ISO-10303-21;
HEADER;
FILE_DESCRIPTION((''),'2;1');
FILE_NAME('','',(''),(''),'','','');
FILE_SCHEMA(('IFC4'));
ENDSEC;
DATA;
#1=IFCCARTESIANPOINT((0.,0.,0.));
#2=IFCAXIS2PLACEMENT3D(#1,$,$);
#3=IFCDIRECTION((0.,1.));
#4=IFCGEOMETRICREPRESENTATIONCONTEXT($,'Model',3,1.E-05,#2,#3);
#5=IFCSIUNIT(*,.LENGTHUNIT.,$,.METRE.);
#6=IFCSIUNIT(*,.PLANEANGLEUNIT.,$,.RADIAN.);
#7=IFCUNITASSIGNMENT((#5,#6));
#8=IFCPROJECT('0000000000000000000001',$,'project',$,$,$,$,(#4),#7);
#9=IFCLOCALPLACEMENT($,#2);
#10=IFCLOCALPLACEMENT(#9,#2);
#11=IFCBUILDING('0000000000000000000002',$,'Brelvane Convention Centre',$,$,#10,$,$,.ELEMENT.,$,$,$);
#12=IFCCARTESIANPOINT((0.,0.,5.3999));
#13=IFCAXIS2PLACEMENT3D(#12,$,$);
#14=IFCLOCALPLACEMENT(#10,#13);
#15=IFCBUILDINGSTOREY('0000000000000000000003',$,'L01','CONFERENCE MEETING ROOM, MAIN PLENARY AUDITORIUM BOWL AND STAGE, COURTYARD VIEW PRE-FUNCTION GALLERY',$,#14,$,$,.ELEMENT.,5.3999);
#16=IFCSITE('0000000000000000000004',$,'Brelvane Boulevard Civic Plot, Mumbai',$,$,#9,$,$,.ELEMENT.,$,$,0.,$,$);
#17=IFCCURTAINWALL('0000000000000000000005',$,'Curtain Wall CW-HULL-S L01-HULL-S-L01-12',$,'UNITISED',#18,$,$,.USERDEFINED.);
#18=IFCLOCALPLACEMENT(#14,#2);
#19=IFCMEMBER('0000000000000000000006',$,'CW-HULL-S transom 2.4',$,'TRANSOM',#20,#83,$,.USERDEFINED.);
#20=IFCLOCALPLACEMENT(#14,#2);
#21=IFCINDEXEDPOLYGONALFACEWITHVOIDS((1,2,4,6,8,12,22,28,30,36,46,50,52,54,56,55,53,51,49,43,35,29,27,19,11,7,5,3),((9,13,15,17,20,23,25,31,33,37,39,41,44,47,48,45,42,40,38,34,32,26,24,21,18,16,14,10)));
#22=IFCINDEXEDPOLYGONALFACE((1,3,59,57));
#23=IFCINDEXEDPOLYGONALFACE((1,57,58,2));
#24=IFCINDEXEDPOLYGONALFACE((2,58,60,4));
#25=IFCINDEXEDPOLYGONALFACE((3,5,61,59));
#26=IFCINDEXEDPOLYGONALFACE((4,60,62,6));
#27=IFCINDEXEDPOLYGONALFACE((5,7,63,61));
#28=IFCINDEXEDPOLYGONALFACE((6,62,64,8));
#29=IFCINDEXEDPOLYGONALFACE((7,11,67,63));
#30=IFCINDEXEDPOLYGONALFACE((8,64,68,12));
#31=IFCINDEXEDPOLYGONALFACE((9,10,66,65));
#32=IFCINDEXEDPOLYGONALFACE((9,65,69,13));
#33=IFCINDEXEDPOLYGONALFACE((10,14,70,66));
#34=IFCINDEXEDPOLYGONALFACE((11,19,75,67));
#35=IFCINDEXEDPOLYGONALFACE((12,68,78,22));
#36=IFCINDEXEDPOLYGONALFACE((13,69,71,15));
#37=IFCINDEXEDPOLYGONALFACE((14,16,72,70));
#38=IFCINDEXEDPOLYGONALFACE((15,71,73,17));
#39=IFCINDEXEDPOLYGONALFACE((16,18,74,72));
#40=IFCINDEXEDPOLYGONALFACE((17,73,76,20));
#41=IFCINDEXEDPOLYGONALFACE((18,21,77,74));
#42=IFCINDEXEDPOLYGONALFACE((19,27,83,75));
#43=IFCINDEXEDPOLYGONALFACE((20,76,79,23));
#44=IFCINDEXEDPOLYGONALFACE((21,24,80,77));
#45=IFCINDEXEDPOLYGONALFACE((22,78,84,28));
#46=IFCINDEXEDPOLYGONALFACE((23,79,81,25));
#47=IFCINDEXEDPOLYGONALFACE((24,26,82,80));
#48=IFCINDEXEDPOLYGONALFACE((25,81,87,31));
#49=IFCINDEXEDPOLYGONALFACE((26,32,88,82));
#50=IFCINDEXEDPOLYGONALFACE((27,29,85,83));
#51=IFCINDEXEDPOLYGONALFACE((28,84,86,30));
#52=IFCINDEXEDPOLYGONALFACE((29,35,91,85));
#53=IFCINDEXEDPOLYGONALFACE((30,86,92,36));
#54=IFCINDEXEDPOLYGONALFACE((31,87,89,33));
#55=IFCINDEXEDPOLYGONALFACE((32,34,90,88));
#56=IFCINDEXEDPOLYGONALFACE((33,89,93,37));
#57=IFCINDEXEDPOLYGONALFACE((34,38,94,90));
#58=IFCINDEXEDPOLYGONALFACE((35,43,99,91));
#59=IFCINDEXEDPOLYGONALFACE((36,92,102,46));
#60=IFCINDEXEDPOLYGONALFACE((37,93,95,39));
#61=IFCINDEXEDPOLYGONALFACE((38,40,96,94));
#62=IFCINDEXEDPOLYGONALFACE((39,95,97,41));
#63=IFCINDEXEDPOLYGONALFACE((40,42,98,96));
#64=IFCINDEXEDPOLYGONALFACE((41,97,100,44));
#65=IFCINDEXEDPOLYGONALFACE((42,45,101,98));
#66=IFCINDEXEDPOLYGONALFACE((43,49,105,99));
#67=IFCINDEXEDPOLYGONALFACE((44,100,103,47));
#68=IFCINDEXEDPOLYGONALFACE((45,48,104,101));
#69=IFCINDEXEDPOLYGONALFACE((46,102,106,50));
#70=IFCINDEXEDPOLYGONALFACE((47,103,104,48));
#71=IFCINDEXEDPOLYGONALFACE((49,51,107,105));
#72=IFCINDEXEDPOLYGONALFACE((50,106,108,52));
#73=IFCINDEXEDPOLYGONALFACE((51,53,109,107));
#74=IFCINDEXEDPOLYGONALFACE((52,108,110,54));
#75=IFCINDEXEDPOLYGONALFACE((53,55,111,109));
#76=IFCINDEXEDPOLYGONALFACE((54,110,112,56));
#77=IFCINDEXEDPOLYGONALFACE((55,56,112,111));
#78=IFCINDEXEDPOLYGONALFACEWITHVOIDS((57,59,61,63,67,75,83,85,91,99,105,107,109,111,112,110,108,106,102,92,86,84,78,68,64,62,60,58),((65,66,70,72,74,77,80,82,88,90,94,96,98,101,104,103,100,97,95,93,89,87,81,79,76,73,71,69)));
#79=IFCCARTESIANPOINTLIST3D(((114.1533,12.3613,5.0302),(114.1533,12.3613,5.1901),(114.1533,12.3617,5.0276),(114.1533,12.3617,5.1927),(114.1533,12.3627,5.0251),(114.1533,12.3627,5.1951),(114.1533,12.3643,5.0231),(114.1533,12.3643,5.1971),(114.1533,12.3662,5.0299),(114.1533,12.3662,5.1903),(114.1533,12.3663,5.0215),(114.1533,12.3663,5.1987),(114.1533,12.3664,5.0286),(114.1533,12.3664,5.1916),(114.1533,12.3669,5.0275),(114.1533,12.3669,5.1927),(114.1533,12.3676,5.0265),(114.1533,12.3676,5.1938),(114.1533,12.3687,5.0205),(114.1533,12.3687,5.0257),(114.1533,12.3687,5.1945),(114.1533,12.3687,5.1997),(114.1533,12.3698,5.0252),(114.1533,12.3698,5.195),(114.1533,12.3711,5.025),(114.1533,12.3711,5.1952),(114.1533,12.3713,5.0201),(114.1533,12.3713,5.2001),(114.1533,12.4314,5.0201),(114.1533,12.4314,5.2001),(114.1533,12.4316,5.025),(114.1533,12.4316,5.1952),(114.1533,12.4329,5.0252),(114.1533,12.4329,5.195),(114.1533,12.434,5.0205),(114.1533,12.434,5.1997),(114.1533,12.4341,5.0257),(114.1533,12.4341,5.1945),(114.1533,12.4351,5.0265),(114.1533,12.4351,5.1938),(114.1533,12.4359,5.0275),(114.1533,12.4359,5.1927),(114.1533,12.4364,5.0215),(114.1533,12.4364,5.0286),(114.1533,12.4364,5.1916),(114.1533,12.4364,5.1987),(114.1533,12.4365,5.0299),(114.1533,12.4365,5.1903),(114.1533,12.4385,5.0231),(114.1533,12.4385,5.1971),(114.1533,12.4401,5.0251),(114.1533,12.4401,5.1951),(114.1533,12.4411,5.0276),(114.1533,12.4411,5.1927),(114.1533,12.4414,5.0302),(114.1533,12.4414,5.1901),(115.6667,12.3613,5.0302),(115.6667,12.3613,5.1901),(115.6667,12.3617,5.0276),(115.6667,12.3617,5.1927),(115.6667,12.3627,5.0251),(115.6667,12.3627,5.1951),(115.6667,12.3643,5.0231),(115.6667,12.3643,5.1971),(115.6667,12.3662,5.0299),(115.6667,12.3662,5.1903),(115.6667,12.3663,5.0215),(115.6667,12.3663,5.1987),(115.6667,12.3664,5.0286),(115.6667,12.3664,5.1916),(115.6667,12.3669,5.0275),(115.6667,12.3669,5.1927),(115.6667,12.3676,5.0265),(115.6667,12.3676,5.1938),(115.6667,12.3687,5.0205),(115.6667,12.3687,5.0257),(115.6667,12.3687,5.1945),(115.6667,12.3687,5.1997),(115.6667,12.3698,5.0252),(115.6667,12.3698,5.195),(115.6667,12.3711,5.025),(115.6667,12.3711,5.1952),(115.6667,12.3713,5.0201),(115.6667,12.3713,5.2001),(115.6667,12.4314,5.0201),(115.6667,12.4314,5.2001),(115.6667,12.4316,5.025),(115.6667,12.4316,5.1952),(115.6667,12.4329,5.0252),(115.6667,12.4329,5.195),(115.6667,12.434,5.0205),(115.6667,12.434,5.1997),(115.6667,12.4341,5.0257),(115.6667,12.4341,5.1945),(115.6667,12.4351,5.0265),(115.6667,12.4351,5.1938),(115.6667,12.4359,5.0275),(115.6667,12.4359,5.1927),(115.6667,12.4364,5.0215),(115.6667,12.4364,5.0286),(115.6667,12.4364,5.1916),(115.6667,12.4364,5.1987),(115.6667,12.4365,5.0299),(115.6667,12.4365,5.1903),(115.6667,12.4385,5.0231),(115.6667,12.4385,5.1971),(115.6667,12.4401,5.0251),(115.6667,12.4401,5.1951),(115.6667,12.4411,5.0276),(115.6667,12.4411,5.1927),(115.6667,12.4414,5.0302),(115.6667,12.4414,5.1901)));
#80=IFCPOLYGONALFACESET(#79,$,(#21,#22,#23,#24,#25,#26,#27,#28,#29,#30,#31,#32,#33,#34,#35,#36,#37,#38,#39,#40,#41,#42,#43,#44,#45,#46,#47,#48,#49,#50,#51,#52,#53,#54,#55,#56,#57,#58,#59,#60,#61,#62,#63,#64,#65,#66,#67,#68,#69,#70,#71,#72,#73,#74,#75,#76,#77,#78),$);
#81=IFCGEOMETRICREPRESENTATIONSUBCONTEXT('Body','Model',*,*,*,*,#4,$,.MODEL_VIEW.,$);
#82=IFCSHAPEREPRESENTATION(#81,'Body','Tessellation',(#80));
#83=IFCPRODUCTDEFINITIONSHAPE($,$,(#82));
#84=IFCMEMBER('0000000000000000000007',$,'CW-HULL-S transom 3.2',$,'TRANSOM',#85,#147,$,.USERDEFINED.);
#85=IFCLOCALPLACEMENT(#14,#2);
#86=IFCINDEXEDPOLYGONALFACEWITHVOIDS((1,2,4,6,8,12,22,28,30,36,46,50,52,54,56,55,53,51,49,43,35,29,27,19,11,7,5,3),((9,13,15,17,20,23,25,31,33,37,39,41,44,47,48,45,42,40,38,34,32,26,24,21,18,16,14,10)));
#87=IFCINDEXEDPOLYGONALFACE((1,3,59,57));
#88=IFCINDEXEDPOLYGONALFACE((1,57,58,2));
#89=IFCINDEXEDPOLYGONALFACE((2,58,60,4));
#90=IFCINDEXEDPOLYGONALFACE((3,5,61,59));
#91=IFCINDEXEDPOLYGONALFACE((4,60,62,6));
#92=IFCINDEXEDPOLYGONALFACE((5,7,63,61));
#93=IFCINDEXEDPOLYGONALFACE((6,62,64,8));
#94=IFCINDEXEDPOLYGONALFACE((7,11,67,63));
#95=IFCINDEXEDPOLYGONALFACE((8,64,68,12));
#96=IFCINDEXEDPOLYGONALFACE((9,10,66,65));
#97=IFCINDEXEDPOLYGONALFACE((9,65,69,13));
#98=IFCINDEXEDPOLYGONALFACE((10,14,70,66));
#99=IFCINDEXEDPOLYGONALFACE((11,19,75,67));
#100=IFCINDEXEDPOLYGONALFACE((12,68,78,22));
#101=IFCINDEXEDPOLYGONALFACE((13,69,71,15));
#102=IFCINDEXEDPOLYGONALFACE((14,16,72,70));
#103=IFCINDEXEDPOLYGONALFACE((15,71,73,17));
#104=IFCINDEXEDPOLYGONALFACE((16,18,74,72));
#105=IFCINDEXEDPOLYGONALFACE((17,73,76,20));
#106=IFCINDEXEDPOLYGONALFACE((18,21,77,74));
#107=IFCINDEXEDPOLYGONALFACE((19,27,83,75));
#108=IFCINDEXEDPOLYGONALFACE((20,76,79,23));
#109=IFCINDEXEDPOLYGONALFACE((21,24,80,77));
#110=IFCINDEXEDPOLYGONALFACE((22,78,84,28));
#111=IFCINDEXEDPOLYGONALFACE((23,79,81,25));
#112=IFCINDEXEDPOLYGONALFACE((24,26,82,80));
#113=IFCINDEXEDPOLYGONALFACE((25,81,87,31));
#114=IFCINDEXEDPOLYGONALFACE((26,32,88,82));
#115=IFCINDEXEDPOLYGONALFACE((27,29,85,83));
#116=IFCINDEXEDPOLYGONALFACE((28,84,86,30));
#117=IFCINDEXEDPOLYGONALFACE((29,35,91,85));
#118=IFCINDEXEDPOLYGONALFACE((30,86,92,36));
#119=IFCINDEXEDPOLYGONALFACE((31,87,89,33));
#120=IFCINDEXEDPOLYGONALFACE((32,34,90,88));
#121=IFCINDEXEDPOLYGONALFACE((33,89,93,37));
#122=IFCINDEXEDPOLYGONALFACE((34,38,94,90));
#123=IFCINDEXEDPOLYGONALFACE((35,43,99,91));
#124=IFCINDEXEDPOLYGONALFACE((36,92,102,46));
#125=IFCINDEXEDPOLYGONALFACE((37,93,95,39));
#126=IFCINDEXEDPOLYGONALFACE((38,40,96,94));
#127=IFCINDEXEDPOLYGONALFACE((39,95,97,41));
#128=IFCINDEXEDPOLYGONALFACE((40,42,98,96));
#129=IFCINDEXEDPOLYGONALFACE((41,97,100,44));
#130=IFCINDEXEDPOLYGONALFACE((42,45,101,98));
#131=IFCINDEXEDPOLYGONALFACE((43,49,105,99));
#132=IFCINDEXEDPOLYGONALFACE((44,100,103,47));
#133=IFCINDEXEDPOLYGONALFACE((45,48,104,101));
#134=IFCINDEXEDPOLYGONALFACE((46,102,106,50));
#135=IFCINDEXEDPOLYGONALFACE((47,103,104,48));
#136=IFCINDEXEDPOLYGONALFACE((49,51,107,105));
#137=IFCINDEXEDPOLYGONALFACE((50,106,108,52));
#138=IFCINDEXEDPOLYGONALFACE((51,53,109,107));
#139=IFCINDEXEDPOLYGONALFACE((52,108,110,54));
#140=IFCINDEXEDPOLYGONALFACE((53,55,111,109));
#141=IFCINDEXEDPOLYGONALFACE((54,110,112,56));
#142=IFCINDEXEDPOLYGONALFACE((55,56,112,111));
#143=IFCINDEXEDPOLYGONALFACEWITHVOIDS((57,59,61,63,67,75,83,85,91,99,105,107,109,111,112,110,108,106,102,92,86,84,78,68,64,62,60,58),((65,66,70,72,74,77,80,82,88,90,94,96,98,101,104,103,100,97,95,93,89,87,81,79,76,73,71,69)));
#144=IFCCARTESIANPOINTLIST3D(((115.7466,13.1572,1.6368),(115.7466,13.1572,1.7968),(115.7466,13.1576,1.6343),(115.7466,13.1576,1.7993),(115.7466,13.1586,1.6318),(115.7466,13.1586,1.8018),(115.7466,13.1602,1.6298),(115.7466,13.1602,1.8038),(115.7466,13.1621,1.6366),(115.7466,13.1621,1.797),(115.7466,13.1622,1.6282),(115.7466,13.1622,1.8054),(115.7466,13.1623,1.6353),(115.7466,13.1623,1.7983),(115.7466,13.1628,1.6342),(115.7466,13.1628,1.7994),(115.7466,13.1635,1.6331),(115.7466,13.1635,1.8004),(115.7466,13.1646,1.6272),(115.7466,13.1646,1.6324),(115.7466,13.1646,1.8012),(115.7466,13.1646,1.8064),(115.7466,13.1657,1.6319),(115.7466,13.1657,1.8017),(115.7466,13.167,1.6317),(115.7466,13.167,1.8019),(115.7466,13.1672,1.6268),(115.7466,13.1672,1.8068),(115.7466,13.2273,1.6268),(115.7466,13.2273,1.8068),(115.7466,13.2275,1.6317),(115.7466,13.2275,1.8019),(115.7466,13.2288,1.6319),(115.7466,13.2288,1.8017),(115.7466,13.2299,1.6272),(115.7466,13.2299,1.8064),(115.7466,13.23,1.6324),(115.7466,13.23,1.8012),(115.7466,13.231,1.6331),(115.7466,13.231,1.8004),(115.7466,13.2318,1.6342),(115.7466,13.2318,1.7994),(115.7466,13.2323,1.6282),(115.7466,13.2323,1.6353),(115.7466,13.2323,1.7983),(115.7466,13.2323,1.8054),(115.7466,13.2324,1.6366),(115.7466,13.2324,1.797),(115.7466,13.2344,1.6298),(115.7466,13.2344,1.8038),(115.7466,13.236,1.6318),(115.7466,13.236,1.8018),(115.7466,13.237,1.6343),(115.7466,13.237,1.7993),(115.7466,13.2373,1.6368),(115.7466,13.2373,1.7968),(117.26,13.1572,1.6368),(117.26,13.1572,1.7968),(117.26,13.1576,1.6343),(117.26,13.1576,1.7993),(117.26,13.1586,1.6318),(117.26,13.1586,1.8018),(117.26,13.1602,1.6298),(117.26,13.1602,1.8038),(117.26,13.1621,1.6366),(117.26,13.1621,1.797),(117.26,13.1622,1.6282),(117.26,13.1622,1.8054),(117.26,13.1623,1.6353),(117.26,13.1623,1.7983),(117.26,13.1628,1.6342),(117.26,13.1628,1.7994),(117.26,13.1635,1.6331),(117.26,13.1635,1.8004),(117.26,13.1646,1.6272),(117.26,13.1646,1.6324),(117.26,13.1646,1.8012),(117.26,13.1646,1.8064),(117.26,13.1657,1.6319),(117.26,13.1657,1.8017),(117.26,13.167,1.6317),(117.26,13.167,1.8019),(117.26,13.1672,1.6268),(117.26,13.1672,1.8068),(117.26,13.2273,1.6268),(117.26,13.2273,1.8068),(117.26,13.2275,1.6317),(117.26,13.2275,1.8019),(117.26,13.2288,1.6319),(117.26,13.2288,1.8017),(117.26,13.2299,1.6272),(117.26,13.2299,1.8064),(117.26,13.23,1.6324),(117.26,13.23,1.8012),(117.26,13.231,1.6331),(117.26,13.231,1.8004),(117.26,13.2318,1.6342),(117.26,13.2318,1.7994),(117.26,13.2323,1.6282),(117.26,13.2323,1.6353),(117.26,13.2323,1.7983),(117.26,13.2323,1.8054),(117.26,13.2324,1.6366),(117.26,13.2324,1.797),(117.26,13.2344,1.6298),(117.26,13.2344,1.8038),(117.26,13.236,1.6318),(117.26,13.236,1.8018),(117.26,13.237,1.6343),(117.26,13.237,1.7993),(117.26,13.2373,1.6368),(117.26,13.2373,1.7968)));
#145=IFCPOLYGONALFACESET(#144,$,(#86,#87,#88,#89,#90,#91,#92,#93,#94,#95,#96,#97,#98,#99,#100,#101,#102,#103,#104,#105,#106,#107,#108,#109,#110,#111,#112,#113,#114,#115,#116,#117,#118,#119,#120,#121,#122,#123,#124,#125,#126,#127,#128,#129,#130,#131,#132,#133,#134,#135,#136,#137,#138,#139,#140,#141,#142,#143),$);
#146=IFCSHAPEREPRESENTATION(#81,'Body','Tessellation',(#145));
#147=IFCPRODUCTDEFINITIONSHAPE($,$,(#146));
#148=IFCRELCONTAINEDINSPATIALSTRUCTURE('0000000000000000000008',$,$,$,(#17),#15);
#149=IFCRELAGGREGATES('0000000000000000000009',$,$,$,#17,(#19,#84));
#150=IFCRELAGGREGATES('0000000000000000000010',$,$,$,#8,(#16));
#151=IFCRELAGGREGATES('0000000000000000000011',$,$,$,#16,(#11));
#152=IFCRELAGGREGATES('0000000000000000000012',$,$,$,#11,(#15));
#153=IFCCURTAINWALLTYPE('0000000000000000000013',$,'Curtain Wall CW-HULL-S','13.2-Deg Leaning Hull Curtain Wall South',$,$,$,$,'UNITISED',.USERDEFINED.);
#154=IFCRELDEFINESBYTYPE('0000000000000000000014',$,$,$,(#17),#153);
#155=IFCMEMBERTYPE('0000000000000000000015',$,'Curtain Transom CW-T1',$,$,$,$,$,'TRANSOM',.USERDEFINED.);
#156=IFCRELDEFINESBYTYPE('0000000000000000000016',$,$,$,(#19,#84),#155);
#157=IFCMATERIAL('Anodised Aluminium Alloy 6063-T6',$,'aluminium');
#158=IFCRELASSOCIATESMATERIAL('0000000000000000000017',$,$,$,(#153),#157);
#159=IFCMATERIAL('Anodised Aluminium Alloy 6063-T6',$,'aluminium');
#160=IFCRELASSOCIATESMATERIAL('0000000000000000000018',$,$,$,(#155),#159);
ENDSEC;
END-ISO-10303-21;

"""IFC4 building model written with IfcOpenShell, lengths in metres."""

from ifc_helpers import new_model, si_unit, direction, frame, origin, origin_2d, place, context, subcontext, project, spatial, hollow_rectangle, extrude, material, material_profile, profile_set, type_object, element, aggregate, save


model = new_model("IFC4")

# Units and contexts
model_context = context("Model", 3, precision=1e-05, world=origin(), true_north=direction((0.0, 1.0)))
body_context = subcontext(model_context, "Body", "Model", "MODEL_VIEW")
ifc_project = project(units=[si_unit("LENGTHUNIT", "METRE"), si_unit("PLANEANGLEUNIT", "RADIAN")], contexts=[model_context])

# Site, building, storey
site_placement = place(None, origin())
site = spatial("IfcSite", under=ifc_project, at=site_placement, Name="Brelvane Boulevard Civic Plot, Mumbai", CompositionType="ELEMENT", RefElevation=0.0)
building_placement = place(site_placement, origin())
building = spatial("IfcBuilding", under=site, at=building_placement, Name="Brelvane Convention Centre", CompositionType="ELEMENT")
storey_placement = place(building_placement, frame((0.0, 0.0, 5.3999)))
storey = spatial("IfcBuildingStorey", under=building, at=storey_placement, Name="L01", Description="CONFERENCE MEETING ROOM, MAIN PLENARY AUDITORIUM BOWL AND STAGE, COURTYARD VIEW PRE-FUNCTION GALLERY", CompositionType="ELEMENT", Elevation=5.3999)

# Curtain wall, members
ifc_material_1 = material(Name="Anodised Aluminium Alloy 6063-T6", Category="aluminium")
curtain_wall_type = type_object("IfcCurtainWallType", Name="Curtain Wall CW-HULL-S", Description="13.2-Deg Leaning Hull Curtain Wall South", ElementType="UNITISED", PredefinedType="USERDEFINED", material=ifc_material_1)
ifc_material_2 = material(Name="Anodised Aluminium Alloy 6063-T6", Category="aluminium")
ifc_material_profile = material_profile(ifc_material_2, hollow_rectangle(XDim=0.0801, YDim=0.1799, WallThickness=0.0049, InnerFilletRadius=0.0049, OuterFilletRadius=0.01, at=origin_2d()), Name="ALU-T 180x80x5.0")
ifc_profile_set = profile_set([ifc_material_profile], Name="Anodised Aluminium Alloy 6063-T6")
member_type = type_object("IfcMemberType", Name="Curtain Transom CW-T1", ElementType="TRANSOM", PredefinedType="USERDEFINED", material=ifc_profile_set)
curtain_wall_1_placement = place(storey_placement, origin())
curtain_wall_1 = element("IfcCurtainWall", 1, at=curtain_wall_1_placement, inside=storey, type_object=curtain_wall_type, Name="Curtain Wall CW-HULL-S L01-HULL-S-L01-12", ObjectType="UNITISED", PredefinedType="USERDEFINED")
member_1_placement = place(storey_placement, frame((114.1533, 12.4014, 5.1101), z_axis=(1.0, 0.0, 0.0), x_axis=(0.0, 1.0, 0.0)))
member_1 = element("IfcMember", 2, at=member_1_placement, type_object=member_type, Name="CW-HULL-S transom 2.4", ObjectType="TRANSOM", PredefinedType="USERDEFINED", context=body_context, shape_type="SweptSolid", body=[
    extrude(hollow_rectangle(XDim=0.0801, YDim=0.1799, WallThickness=0.0049, InnerFilletRadius=0.0049, OuterFilletRadius=0.01, at=origin_2d()), origin(), (0.0, 0.0, 1.0), 1.5134),
])
member_2_placement = place(storey_placement, frame((115.7466, 13.1973, 1.7168), z_axis=(1.0, 0.0, 0.0), x_axis=(0.0, 1.0, 0.0)))
member_2 = element("IfcMember", 3, at=member_2_placement, type_object=member_type, Name="CW-HULL-S transom 3.2", ObjectType="TRANSOM", PredefinedType="USERDEFINED", context=body_context, shape_type="SweptSolid", body=[
    extrude(hollow_rectangle(XDim=0.0801, YDim=0.1799, WallThickness=0.0049, InnerFilletRadius=0.0049, OuterFilletRadius=0.01, at=origin_2d()), origin(), (0.0, 0.0, 1.0), 1.5134),
])

aggregate(curtain_wall_1, [member_1, member_2])

save(model, "model.ifc")
